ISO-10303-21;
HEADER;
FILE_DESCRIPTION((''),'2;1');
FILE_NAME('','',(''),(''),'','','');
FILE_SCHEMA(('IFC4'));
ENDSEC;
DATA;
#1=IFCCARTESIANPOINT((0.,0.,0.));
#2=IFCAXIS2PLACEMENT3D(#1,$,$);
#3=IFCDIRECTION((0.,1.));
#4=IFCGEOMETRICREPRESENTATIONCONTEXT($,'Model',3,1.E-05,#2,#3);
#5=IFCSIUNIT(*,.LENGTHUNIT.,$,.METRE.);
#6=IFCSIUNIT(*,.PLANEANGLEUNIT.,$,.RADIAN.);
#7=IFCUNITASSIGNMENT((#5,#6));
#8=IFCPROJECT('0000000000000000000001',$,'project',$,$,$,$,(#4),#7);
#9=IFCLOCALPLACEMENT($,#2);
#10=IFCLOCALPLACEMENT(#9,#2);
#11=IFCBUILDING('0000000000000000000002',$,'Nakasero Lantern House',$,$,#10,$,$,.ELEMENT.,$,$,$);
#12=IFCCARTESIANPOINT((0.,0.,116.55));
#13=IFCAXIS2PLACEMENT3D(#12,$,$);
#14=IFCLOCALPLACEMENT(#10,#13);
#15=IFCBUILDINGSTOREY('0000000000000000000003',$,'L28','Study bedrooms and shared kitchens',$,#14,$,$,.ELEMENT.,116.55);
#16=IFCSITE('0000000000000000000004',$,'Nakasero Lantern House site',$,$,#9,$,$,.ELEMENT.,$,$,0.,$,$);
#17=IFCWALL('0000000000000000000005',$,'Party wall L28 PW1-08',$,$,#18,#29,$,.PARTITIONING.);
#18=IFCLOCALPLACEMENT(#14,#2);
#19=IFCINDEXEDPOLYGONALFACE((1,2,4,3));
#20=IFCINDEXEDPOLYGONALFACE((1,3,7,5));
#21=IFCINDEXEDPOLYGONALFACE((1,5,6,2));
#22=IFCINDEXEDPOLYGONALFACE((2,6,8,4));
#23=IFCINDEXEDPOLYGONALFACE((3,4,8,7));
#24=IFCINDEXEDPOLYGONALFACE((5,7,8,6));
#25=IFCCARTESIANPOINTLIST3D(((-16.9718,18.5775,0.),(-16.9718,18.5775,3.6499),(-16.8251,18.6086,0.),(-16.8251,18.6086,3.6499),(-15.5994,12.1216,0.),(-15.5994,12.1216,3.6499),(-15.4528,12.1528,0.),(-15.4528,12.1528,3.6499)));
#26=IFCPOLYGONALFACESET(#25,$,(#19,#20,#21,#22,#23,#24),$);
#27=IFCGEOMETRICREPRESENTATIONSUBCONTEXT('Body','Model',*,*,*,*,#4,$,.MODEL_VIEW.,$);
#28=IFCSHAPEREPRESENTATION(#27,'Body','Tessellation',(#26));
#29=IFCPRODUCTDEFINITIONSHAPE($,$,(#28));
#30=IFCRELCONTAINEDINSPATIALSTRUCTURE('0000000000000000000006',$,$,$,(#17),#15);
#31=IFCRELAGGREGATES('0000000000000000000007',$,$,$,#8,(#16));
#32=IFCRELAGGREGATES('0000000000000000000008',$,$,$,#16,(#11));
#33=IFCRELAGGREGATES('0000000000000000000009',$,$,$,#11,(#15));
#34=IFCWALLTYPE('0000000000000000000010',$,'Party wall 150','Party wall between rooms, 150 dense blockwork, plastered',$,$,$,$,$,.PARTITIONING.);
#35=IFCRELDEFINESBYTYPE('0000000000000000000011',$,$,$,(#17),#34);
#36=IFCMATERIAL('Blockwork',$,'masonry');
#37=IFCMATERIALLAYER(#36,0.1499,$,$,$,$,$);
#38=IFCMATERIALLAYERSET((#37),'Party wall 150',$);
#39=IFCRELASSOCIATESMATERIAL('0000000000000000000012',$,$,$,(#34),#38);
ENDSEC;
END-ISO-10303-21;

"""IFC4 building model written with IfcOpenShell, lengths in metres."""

from ifc_helpers import new_model, si_unit, direction, frame, frame_2d, origin, place, context, subcontext, project, spatial, rectangle, extrude, material, layer, layer_set, type_object, element, save


model = new_model("IFC4")

# Units and contexts
model_context = context("Model", 3, precision=1e-05, world=origin(), true_north=direction((0.0, 1.0)))
body_context = subcontext(model_context, "Body", "Model", "MODEL_VIEW")
ifc_project = project(units=[si_unit("LENGTHUNIT", "METRE"), si_unit("PLANEANGLEUNIT", "RADIAN")], contexts=[model_context])

# Site, building, storey
site_placement = place(None, origin())
site = spatial("IfcSite", under=ifc_project, at=site_placement, Name="Nakasero Lantern House site", CompositionType="ELEMENT", RefElevation=0.0)
building_placement = place(site_placement, origin())
building = spatial("IfcBuilding", under=site, at=building_placement, Name="Nakasero Lantern House", CompositionType="ELEMENT")
storey_placement = place(building_placement, frame((0.0, 0.0, 116.55)))
storey = spatial("IfcBuildingStorey", under=building, at=storey_placement, Name="L28", Description="Study bedrooms and shared kitchens", CompositionType="ELEMENT", Elevation=116.55)

# Wall
ifc_material_1 = material(Name="Blockwork", Category="masonry")
ifc_layer_1 = layer(ifc_material_1, 0.1499)
ifc_layer_set_1 = layer_set([ifc_layer_1], Name="Party wall 150")
wall_type_1 = type_object("IfcWallType", Name="Party wall 150", Description="Party wall between rooms, 150 dense blockwork, plastered", PredefinedType="PARTITIONING", material=ifc_layer_set_1)
wall_1_placement = place(storey_placement, frame((-15.5261, 12.1372, 0.0), z_axis=(0.0, 0.0, 1.0), x_axis=(-0.207925, 0.978145, 0.0)))
element("IfcWall", 1, at=wall_1_placement, inside=storey, type_object=wall_type_1, Name="Party wall L28 PW1-08", PredefinedType="PARTITIONING", context=body_context, shape_type="SweptSolid", body=[
    extrude(rectangle(XDim=6.6001, YDim=0.1499, at=frame_2d((3.3, 0.0))), origin(), (0.0, 0.0, 1.0), 3.6499),
])

save(model, "model.ifc")
